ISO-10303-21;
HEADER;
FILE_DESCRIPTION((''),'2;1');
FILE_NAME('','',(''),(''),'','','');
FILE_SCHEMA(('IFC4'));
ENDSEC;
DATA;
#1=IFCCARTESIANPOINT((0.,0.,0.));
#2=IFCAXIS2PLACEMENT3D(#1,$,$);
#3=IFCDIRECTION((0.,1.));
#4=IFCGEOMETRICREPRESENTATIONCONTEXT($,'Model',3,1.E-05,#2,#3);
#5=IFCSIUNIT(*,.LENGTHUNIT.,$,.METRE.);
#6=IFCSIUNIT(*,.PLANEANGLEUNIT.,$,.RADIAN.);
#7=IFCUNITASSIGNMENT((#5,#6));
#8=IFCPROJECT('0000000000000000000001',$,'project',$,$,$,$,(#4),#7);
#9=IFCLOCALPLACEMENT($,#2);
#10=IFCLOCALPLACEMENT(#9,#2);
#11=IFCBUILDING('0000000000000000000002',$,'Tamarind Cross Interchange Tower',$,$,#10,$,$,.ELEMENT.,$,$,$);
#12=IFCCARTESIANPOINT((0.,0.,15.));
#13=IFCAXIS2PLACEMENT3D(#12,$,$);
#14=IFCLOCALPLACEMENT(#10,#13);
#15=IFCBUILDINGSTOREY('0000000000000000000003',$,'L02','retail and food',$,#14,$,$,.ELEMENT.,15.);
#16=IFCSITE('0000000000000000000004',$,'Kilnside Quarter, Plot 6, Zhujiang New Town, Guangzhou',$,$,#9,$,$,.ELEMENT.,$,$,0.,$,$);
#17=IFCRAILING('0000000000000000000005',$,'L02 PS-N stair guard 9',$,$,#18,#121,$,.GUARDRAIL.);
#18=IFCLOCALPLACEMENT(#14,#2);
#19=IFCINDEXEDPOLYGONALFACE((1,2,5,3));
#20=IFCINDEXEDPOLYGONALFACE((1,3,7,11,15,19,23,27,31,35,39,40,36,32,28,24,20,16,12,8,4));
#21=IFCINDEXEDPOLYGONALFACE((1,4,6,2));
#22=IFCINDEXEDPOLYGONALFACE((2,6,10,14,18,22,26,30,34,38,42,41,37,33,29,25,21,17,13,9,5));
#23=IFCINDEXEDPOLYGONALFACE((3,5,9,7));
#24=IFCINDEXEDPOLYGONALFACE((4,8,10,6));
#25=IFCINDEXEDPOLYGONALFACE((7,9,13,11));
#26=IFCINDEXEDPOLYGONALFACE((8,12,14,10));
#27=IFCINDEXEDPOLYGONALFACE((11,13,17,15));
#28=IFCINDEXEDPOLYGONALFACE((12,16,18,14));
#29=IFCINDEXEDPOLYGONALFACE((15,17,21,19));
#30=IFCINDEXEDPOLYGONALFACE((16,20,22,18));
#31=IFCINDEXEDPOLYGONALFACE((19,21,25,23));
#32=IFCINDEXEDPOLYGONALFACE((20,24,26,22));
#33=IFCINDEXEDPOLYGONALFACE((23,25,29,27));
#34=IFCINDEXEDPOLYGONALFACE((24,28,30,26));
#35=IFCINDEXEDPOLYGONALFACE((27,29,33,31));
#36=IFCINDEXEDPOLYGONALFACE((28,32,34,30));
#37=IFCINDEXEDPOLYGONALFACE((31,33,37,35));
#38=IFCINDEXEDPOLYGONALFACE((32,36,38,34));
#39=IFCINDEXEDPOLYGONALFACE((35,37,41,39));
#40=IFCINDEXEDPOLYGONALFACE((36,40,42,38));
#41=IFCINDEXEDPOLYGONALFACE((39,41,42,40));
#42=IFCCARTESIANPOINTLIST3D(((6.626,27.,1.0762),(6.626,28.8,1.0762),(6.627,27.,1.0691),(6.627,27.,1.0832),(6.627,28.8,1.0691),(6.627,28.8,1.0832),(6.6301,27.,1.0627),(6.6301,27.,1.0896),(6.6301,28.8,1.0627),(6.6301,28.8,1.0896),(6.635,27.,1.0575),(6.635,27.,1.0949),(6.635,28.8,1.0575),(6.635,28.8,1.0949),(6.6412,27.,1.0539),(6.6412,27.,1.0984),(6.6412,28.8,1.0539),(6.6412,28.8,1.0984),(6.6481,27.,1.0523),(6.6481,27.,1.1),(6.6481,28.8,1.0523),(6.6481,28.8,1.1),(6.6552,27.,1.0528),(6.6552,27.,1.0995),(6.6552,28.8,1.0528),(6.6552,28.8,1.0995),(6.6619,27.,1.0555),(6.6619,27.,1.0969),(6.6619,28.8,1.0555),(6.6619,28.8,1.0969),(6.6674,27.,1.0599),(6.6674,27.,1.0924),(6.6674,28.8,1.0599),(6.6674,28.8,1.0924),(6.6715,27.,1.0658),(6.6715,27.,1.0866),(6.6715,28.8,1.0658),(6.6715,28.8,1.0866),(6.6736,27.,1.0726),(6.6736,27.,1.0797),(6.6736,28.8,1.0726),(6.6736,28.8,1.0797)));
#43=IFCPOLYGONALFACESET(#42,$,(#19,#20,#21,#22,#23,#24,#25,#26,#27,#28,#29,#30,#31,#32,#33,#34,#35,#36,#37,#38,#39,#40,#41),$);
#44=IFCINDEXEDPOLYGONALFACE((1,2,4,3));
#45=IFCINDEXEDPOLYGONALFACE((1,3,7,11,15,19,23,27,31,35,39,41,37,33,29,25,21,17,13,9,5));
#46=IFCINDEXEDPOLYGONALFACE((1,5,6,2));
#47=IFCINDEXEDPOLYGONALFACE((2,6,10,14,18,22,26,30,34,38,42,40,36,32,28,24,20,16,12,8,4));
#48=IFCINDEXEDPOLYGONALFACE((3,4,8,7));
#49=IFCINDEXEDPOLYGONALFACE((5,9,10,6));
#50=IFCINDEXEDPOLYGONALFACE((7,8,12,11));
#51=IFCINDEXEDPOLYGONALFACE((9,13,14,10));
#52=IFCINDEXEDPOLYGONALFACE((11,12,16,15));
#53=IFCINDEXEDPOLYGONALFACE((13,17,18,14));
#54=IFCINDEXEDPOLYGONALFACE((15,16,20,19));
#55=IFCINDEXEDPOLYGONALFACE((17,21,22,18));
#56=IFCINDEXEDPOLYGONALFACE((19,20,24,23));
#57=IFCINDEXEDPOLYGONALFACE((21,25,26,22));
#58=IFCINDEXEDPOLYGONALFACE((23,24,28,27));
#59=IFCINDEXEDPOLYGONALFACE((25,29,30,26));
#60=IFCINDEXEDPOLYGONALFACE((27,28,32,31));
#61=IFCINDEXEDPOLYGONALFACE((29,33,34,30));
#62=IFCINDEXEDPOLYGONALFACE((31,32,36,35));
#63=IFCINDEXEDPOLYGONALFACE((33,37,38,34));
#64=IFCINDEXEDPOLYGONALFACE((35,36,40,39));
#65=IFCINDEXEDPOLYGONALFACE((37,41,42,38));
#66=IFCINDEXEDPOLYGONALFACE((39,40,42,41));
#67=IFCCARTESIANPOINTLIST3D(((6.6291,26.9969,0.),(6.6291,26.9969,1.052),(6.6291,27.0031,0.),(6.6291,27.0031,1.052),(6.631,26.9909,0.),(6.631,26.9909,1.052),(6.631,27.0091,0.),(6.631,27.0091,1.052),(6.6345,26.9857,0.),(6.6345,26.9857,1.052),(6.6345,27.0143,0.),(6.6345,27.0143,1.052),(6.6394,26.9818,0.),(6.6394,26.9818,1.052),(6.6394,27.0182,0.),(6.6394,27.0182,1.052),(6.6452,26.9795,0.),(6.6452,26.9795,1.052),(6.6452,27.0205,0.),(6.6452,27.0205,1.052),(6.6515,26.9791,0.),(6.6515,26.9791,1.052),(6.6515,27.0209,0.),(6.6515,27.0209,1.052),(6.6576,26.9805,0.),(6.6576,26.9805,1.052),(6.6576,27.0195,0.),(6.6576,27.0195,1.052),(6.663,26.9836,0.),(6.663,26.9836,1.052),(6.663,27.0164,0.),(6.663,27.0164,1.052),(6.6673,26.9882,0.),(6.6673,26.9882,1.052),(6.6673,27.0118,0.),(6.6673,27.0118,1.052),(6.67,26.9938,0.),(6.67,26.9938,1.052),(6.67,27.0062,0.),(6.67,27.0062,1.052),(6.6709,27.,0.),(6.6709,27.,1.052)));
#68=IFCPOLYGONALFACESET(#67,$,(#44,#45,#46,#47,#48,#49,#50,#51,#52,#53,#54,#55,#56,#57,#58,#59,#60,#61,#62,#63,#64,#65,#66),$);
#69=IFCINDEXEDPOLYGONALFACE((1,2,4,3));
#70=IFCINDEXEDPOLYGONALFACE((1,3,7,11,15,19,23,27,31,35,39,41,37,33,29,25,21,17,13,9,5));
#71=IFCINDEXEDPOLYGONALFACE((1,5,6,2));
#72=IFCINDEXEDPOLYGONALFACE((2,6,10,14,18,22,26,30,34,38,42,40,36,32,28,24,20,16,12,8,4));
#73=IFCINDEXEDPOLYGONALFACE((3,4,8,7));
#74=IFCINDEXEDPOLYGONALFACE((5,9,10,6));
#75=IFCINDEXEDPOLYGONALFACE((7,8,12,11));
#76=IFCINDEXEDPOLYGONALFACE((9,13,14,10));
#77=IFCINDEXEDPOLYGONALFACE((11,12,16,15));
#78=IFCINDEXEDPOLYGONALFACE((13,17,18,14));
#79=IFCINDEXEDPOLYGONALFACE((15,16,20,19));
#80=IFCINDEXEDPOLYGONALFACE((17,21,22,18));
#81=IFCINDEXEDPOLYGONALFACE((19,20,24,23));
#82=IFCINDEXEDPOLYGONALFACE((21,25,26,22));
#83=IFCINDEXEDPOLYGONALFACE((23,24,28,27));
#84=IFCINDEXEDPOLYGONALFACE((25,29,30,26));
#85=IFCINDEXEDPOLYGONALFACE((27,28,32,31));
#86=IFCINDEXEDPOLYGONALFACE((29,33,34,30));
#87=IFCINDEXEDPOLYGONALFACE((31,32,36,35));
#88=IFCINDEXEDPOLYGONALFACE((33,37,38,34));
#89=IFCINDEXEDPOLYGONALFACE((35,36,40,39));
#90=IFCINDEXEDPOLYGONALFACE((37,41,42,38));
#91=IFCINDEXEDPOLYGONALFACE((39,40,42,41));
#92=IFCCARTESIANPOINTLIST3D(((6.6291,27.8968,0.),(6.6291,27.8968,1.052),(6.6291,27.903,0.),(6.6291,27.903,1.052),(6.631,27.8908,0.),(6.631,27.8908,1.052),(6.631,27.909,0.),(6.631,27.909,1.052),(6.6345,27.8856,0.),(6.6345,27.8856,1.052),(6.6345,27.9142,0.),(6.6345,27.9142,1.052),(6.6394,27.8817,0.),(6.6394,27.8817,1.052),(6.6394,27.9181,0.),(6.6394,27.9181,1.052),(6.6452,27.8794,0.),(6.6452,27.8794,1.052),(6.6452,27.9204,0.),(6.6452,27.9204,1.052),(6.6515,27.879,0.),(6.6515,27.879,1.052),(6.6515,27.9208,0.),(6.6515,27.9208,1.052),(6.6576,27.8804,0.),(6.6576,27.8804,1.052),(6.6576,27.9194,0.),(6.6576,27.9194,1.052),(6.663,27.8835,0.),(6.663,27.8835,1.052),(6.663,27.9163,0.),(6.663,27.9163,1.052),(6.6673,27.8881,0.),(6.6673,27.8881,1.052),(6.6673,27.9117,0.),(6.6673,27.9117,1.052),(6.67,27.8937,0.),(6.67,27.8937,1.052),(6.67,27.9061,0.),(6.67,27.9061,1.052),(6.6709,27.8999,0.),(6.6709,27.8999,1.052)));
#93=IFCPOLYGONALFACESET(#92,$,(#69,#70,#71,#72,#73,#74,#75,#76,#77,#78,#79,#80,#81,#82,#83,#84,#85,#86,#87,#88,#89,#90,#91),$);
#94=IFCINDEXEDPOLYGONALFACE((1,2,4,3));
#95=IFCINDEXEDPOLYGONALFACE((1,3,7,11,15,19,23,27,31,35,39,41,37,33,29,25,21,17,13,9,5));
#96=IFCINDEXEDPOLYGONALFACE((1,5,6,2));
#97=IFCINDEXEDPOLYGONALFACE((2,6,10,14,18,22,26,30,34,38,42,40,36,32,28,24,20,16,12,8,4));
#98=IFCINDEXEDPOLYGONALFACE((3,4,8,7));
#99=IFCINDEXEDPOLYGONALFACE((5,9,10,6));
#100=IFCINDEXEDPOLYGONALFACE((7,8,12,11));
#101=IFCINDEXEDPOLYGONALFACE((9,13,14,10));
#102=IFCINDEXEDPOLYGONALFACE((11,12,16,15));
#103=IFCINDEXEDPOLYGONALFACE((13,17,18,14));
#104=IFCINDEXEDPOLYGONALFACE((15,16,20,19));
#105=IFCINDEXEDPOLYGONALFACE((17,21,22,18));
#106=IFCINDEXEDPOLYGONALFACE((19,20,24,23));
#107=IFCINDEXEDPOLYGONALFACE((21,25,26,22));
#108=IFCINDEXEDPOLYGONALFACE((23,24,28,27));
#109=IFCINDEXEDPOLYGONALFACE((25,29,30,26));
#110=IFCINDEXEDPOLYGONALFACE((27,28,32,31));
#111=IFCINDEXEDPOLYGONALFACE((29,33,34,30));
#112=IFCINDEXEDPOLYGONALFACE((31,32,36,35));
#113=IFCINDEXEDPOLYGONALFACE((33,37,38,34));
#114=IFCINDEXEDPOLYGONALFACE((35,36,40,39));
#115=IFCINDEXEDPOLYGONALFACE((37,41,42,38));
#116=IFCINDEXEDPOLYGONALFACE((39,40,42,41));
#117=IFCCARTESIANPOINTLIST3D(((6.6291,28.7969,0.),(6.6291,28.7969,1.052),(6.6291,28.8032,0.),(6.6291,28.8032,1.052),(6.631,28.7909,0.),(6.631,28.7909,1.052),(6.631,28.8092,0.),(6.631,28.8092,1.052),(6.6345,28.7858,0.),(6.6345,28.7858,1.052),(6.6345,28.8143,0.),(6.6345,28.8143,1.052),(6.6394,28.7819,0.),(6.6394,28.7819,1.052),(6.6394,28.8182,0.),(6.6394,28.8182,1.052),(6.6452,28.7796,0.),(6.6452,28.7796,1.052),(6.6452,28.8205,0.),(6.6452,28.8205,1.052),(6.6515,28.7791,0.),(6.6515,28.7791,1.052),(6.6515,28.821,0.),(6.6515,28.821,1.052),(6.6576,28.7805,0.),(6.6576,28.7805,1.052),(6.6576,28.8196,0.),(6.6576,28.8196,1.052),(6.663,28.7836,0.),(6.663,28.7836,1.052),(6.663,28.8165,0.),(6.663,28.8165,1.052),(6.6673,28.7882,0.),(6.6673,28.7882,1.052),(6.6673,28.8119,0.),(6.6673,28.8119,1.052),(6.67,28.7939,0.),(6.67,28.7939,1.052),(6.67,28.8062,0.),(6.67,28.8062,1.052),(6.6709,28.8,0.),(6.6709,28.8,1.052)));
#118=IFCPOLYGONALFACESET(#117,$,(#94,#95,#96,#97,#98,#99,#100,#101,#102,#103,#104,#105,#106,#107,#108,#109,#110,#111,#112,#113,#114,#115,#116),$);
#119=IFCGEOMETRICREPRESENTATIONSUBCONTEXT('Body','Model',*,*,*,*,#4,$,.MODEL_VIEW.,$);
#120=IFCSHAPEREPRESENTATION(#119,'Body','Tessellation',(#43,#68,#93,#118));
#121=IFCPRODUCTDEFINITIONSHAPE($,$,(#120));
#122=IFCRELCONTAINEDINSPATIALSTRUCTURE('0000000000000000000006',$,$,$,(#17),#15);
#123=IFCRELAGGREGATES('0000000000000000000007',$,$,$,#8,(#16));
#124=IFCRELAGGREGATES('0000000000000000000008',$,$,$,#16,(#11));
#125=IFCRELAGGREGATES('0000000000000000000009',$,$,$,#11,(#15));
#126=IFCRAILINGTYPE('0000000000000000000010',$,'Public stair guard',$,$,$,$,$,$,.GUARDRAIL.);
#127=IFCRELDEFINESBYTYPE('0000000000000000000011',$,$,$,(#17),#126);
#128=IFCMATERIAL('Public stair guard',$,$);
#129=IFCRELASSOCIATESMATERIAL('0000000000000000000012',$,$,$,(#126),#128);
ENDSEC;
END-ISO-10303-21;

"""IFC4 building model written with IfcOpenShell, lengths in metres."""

from ifc_helpers import new_model, si_unit, direction, frame, origin, origin_2d, place, context, subcontext, project, spatial, circle, extrude, material, type_object, element, save


model = new_model("IFC4")

# Units and contexts
model_context = context("Model", 3, precision=1e-05, world=origin(), true_north=direction((0.0, 1.0)))
body_context = subcontext(model_context, "Body", "Model", "MODEL_VIEW")
ifc_project = project(units=[si_unit("LENGTHUNIT", "METRE"), si_unit("PLANEANGLEUNIT", "RADIAN")], contexts=[model_context])

# Site, building, storey
site_placement = place(None, origin())
site = spatial("IfcSite", under=ifc_project, at=site_placement, Name="Kilnside Quarter, Plot 6, Zhujiang New Town, Guangzhou", CompositionType="ELEMENT", RefElevation=0.0)
building_placement = place(site_placement, origin())
building = spatial("IfcBuilding", under=site, at=building_placement, Name="Tamarind Cross Interchange Tower", CompositionType="ELEMENT")
storey_placement = place(building_placement, frame((0.0, 0.0, 15.0)))
storey = spatial("IfcBuildingStorey", under=building, at=storey_placement, Name="L02", Description="retail and food", CompositionType="ELEMENT", Elevation=15.0)

# Railing
ifc_material_1 = material(Name="Public stair guard")
railing_type_1 = type_object("IfcRailingType", Name="Public stair guard", PredefinedType="GUARDRAIL", material=ifc_material_1)
for number, where, name in (
    (1, (6.6499, 27.0, 0.0), "L02 PS-N stair guard 9"),
):
    element("IfcRailing", number, at=place(storey_placement, frame(where)), inside=storey, type_object=railing_type_1, Name=name, PredefinedType="GUARDRAIL", context=body_context, shape_type="SweptSolid", body=[
        extrude(circle(Radius=0.0239, at=origin_2d()), frame((0.0, 0.0, 1.0762), z_axis=(0.0, 1.0, 0.0), x_axis=(-1.0, 0.0, 0.0)), (0.0, 0.0, 1.0), 1.8),
        extrude(circle(Radius=0.021, at=origin_2d()), origin(), (0.0, 0.0, 1.0), 1.052),
        extrude(circle(Radius=0.021, at=origin_2d()), frame((0.0, 0.8999, 0.0)), (0.0, 0.0, 1.0), 1.052),
        extrude(circle(Radius=0.021, at=origin_2d()), frame((0.0, 1.8, 0.0)), (0.0, 0.0, 1.0), 1.052),
    ])

save(model, "model.ifc")
